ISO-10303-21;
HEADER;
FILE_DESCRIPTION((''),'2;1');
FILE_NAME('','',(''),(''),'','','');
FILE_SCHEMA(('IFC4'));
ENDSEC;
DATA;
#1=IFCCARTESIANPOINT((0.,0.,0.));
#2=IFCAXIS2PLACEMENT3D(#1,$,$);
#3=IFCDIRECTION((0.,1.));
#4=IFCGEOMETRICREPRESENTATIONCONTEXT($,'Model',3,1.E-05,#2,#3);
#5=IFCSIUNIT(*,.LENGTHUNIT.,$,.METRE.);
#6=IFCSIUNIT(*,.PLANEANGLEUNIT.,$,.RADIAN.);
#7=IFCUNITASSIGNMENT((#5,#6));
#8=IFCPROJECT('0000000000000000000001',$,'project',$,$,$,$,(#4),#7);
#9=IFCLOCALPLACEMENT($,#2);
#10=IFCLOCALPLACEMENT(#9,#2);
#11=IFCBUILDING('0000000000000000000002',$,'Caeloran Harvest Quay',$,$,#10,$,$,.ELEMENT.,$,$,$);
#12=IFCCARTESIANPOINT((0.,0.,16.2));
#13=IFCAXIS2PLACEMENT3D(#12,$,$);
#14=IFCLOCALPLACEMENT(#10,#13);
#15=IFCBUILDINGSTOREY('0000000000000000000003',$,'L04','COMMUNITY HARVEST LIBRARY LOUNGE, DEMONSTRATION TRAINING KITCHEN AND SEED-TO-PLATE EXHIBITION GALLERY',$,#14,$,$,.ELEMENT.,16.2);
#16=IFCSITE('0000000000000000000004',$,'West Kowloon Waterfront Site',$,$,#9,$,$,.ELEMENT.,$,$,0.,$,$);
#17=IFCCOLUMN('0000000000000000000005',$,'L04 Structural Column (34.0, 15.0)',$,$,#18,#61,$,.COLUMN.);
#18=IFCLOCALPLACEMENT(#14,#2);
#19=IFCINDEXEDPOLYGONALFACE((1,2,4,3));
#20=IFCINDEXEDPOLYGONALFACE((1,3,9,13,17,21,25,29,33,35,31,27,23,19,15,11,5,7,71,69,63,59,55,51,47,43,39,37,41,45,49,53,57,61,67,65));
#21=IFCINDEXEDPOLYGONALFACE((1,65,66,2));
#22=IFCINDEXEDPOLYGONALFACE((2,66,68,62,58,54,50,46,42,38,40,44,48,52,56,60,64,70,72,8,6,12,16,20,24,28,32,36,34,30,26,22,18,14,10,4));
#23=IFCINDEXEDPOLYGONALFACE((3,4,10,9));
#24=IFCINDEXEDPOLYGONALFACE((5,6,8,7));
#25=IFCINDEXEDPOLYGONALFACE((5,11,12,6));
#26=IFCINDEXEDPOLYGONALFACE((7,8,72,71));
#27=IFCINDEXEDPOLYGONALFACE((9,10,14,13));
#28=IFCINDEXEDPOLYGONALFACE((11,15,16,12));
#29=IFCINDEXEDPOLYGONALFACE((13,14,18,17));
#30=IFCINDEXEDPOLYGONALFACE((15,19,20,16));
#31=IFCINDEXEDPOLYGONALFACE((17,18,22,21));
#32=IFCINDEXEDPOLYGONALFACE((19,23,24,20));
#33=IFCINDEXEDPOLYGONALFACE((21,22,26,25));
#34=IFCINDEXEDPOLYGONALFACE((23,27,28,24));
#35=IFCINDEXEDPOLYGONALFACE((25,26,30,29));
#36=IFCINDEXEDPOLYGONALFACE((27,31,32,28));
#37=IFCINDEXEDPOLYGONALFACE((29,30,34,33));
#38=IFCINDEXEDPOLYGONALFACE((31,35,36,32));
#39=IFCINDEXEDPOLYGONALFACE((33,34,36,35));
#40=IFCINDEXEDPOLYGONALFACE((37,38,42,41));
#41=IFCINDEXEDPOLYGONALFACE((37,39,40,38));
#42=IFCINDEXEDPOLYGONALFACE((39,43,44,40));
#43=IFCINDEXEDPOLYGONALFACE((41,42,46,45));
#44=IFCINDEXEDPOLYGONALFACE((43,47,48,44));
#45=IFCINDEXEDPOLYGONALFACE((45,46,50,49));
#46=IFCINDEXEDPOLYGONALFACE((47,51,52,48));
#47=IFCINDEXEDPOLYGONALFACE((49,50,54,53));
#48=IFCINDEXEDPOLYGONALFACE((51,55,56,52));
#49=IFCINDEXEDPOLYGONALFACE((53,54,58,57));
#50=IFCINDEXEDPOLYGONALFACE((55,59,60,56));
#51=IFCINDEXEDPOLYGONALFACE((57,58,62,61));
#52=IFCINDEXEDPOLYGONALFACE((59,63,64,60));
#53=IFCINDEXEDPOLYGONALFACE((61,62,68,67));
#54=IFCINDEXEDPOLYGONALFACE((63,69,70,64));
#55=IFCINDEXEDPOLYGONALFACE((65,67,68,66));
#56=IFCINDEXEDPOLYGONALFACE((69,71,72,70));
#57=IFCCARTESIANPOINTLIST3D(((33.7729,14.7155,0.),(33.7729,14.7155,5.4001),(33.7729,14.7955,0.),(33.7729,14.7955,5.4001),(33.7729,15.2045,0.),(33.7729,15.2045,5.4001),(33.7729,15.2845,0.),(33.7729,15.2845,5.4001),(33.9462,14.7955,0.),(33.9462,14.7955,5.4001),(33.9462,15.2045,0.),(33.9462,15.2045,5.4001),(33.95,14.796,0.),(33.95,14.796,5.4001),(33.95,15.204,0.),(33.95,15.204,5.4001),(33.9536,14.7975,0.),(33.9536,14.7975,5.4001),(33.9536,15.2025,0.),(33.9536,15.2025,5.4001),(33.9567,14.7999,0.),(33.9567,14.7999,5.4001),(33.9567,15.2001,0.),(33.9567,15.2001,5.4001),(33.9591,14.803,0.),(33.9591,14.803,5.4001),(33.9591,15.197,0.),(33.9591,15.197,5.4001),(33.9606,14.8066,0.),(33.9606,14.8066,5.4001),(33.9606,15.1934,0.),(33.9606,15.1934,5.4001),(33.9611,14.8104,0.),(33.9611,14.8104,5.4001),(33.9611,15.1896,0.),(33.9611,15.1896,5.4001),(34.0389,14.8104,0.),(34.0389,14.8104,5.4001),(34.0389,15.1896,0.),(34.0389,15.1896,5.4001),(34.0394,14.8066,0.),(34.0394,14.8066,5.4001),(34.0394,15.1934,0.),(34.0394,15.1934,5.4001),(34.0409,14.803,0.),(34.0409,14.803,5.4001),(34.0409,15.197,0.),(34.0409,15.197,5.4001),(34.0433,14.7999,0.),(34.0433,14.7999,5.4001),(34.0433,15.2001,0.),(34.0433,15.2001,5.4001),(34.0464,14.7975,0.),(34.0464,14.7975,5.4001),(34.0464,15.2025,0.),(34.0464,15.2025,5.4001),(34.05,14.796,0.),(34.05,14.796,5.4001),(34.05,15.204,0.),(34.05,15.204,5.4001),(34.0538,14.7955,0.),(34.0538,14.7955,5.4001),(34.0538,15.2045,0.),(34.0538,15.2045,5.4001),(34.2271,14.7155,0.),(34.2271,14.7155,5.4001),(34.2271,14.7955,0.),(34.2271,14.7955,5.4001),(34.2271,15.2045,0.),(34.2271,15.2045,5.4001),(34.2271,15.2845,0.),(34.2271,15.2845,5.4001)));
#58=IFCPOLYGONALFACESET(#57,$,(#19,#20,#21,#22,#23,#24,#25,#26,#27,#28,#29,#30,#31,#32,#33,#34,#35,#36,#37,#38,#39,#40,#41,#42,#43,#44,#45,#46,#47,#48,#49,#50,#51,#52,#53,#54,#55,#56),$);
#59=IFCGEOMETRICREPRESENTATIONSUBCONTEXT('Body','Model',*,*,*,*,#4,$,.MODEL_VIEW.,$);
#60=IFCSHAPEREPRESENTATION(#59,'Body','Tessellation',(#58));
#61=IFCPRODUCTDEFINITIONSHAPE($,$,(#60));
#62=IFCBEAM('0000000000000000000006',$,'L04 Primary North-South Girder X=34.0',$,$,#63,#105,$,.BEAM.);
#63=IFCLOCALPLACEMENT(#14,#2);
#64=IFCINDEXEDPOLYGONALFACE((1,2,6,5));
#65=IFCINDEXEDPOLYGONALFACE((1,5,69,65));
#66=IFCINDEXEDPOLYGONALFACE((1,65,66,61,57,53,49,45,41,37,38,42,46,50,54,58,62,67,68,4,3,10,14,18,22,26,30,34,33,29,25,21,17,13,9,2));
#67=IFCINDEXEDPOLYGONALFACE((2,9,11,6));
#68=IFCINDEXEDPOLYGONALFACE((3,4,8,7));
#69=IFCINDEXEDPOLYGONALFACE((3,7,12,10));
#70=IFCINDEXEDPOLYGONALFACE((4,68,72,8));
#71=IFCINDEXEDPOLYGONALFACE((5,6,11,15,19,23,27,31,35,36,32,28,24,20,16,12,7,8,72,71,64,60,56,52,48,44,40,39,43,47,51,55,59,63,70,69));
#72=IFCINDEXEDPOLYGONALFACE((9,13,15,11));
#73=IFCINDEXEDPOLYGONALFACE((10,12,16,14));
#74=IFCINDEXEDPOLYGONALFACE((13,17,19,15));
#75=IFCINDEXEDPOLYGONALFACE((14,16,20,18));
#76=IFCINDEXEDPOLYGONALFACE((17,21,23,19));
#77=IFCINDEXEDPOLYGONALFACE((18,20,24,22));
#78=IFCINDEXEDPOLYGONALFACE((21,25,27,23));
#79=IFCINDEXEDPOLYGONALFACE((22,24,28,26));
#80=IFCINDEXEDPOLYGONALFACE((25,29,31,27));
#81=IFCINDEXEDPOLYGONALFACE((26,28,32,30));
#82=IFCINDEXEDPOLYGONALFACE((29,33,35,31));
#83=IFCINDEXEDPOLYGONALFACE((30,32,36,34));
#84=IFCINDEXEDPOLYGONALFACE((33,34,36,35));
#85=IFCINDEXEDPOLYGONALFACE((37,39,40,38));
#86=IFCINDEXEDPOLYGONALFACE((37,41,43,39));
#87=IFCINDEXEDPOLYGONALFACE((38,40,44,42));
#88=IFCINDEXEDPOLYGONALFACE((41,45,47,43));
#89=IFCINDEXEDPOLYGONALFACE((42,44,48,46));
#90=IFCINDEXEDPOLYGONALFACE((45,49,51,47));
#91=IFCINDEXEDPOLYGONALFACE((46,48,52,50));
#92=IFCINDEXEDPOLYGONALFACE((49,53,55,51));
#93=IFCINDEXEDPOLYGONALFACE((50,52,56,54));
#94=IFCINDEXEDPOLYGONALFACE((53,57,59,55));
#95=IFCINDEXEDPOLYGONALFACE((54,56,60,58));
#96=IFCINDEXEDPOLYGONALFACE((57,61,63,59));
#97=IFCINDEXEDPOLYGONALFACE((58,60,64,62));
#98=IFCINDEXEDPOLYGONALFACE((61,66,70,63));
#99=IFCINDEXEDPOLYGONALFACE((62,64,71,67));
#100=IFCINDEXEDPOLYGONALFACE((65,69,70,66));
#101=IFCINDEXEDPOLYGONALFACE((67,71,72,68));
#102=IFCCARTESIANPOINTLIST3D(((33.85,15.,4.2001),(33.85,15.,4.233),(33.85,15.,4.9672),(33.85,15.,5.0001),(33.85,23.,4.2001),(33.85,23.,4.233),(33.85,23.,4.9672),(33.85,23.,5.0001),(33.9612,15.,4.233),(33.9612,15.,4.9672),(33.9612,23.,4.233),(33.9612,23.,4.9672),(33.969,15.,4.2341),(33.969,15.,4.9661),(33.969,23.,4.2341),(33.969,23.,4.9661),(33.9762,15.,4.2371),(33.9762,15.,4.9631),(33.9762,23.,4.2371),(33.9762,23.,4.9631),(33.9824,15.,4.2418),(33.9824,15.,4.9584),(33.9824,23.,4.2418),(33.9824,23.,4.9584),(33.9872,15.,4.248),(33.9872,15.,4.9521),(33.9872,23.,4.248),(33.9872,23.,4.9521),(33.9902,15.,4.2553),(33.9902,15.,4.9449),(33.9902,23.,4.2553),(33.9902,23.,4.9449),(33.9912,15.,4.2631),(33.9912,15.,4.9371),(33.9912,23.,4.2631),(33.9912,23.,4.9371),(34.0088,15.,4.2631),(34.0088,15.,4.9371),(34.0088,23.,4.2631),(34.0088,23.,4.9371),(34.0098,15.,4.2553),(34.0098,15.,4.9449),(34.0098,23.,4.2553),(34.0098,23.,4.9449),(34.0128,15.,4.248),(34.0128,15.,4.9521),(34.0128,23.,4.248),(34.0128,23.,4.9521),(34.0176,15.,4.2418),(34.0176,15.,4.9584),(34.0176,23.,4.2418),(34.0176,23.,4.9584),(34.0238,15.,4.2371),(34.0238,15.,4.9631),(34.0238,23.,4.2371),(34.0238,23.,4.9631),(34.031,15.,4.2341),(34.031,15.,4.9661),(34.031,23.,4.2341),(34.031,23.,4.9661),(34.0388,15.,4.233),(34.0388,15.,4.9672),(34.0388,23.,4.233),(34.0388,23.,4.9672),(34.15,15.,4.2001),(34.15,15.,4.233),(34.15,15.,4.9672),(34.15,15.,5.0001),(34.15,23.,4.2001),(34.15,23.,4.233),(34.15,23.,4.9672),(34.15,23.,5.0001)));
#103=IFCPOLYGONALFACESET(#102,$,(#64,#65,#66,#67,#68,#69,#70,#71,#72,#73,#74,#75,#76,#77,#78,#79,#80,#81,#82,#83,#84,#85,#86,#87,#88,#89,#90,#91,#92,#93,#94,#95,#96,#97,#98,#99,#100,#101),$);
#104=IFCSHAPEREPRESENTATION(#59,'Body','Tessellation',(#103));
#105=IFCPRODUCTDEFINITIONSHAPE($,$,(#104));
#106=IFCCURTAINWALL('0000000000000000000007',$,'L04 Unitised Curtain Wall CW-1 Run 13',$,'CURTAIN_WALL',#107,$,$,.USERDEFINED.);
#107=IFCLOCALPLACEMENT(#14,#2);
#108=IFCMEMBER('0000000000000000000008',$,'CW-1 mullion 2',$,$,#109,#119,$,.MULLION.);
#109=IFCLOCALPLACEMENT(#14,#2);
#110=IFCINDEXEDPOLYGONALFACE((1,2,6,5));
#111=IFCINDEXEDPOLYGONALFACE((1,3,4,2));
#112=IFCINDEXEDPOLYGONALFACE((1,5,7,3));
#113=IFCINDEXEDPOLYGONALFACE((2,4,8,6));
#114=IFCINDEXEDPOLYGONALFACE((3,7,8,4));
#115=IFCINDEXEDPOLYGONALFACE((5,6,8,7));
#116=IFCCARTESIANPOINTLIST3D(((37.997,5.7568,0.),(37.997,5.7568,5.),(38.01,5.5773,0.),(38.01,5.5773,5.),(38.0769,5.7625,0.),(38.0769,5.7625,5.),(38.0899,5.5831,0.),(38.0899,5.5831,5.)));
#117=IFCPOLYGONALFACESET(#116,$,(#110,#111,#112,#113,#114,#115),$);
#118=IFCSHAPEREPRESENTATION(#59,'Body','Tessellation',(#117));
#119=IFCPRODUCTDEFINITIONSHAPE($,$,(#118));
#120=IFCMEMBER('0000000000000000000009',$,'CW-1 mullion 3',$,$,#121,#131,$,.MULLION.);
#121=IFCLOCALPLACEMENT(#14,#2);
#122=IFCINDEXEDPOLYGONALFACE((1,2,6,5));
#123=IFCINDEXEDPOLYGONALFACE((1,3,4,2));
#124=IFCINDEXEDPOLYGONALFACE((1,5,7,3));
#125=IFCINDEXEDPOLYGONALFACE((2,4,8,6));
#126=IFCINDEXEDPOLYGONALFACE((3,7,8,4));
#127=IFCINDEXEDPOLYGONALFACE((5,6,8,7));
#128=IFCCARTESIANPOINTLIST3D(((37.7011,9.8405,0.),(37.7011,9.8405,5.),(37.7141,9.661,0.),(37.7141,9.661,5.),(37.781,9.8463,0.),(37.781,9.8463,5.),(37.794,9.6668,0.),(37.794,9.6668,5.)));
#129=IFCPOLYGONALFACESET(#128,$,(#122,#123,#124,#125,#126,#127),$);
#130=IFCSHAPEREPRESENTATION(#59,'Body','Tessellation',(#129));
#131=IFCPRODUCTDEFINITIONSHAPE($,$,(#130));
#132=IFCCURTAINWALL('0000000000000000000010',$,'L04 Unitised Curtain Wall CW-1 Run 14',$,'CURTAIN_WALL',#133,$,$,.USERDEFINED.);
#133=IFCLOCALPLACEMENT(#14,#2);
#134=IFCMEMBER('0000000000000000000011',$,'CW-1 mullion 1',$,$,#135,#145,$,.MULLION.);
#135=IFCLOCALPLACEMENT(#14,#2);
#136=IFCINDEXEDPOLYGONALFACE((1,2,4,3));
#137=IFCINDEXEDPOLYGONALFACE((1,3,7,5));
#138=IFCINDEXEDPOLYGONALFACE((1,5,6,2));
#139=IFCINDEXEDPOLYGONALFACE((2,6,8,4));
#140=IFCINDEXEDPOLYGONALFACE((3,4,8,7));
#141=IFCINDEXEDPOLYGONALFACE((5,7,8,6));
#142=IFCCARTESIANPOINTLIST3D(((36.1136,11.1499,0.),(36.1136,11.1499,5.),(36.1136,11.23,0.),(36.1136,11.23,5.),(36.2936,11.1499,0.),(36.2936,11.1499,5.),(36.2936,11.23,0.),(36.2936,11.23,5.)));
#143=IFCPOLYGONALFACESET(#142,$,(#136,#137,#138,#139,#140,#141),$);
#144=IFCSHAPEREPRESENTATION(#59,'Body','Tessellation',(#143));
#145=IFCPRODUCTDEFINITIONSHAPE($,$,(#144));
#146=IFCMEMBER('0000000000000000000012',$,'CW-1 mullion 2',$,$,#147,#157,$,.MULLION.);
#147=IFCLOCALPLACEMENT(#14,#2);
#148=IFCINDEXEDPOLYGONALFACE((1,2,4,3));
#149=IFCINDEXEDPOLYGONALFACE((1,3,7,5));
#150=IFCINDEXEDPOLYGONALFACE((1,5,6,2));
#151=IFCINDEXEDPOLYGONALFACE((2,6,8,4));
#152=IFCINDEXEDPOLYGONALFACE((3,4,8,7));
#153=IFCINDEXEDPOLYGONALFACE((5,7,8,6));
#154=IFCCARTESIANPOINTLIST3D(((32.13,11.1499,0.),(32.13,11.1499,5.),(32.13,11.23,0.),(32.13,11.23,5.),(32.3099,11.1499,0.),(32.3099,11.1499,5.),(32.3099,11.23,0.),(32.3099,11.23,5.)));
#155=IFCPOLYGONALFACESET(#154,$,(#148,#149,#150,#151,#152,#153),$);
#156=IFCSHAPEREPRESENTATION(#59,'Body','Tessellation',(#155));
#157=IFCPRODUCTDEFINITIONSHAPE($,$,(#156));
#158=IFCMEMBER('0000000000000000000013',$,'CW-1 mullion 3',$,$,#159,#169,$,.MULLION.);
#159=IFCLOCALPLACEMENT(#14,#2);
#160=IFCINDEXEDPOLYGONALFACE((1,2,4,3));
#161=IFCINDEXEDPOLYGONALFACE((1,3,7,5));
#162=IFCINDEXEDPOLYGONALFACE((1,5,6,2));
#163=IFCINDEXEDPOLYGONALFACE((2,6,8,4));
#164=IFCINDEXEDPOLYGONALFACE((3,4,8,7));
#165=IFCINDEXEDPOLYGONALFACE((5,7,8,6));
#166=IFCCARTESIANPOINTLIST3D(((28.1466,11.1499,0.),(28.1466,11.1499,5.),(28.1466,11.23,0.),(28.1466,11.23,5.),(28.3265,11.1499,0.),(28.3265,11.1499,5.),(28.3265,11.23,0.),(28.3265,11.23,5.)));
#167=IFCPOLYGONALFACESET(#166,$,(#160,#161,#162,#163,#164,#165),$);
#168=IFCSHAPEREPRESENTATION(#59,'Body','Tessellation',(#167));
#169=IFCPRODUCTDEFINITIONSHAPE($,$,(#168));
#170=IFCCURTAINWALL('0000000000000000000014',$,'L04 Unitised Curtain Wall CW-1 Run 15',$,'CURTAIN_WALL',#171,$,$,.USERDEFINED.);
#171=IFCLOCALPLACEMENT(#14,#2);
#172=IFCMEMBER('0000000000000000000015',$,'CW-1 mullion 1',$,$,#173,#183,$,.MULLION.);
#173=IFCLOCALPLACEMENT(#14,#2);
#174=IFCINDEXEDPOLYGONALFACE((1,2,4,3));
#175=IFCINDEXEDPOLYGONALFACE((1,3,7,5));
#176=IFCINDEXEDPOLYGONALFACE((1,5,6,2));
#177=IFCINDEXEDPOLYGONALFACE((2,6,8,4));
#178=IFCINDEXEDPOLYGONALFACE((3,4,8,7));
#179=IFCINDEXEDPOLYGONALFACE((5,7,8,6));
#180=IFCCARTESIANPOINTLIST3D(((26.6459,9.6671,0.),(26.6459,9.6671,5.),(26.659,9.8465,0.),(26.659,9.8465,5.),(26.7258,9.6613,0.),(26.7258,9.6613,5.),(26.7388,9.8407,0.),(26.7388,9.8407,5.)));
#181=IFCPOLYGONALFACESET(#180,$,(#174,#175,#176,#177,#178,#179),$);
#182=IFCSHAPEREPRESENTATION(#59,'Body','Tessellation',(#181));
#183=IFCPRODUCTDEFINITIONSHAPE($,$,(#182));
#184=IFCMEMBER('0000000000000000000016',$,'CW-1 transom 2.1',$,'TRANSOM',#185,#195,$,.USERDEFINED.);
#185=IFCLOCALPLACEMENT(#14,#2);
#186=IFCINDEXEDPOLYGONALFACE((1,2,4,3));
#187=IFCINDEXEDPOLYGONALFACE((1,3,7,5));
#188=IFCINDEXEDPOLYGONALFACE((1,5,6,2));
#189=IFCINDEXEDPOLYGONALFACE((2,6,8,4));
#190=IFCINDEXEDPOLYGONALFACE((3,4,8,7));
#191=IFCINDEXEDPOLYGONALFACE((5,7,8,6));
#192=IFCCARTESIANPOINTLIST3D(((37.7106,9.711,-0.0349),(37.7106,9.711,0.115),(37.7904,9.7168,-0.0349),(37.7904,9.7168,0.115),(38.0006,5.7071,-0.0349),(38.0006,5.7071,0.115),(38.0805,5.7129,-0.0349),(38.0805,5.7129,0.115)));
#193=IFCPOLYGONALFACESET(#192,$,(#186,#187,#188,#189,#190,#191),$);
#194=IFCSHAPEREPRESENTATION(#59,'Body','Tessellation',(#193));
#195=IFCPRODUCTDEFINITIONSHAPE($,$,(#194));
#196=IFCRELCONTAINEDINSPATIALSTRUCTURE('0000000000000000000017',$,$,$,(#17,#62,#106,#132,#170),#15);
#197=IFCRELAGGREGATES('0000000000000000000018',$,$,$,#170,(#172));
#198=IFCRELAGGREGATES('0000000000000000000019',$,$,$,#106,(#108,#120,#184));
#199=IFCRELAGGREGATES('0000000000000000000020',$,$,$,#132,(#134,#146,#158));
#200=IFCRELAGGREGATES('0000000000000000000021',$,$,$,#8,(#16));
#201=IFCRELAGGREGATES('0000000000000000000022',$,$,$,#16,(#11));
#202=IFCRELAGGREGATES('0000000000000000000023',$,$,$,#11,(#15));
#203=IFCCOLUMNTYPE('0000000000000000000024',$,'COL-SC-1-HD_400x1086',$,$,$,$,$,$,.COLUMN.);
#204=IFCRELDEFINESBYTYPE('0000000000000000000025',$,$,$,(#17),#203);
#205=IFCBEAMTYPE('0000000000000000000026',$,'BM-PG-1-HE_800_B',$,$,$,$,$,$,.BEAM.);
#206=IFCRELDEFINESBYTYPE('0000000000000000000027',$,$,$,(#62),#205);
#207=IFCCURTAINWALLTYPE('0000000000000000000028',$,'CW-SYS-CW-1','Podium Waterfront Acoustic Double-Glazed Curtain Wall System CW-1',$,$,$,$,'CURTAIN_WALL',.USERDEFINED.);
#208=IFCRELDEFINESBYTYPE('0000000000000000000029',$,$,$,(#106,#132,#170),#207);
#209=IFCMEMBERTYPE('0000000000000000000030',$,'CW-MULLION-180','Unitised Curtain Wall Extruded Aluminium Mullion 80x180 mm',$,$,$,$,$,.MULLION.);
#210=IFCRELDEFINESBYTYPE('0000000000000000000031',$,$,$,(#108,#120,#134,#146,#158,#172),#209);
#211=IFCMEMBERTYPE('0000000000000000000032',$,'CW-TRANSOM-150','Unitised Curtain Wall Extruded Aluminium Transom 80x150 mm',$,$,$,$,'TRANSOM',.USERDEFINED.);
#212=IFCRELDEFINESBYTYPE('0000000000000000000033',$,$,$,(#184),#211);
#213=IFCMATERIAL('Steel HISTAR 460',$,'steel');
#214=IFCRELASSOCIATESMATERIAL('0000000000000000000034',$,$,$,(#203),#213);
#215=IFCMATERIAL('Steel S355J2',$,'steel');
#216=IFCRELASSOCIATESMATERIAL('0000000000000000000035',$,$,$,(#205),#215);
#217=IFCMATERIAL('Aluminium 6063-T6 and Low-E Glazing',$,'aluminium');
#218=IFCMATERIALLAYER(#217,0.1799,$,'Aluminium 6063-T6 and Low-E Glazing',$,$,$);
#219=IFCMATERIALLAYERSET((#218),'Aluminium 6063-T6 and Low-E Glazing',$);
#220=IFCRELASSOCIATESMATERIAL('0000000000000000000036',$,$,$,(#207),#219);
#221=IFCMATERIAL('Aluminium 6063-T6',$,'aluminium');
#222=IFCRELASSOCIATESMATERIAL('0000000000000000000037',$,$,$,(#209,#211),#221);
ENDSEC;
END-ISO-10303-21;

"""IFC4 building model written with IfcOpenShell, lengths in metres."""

from ifc_helpers import new_model, si_unit, direction, frame, origin, origin_2d, place, context, subcontext, project, spatial, rectangle, i_section, extrude, material, layer, layer_set, material_profile, profile_set, type_object, element, aggregate, save


model = new_model("IFC4")

# Units and contexts
model_context = context("Model", 3, precision=1e-05, world=origin(), true_north=direction((0.0, 1.0)))
body_context = subcontext(model_context, "Body", "Model", "MODEL_VIEW")
ifc_project = project(units=[si_unit("LENGTHUNIT", "METRE"), si_unit("PLANEANGLEUNIT", "RADIAN")], contexts=[model_context])

# Site, building, storey
site_placement = place(None, origin())
site = spatial("IfcSite", under=ifc_project, at=site_placement, Name="West Kowloon Waterfront Site", CompositionType="ELEMENT", RefElevation=0.0)
building_placement = place(site_placement, origin())
building = spatial("IfcBuilding", under=site, at=building_placement, Name="Caeloran Harvest Quay", CompositionType="ELEMENT")
storey_placement = place(building_placement, frame((0.0, 0.0, 16.2)))
storey = spatial("IfcBuildingStorey", under=building, at=storey_placement, Name="L04", Description="COMMUNITY HARVEST LIBRARY LOUNGE, DEMONSTRATION TRAINING KITCHEN AND SEED-TO-PLATE EXHIBITION GALLERY", CompositionType="ELEMENT", Elevation=16.2)

# Column
ifc_material_1 = material(Name="Steel HISTAR 460", Category="steel")
ifc_material_profile_1 = material_profile(ifc_material_1, i_section(OverallWidth=0.4541, OverallDepth=0.5691, WebThickness=0.0779, FlangeThickness=0.0801, FilletRadius=0.0149, at=origin_2d()), Name="HD 400x1086")
ifc_profile_set_1 = profile_set([ifc_material_profile_1], Name="Steel HISTAR 460")
column_type = type_object("IfcColumnType", Name="COL-SC-1-HD_400x1086", PredefinedType="COLUMN", material=ifc_profile_set_1)
column_placement = place(storey_placement, frame((34.0, 15.0, 0.0), z_axis=(0.0, 0.0, 1.0), x_axis=(1.0, 0.0, 0.0)))
element("IfcColumn", 1, at=column_placement, inside=storey, type_object=column_type, Name="L04 Structural Column (34.0, 15.0)", PredefinedType="COLUMN", context=body_context, shape_type="SweptSolid", body=[
    extrude(i_section(OverallWidth=0.4541, OverallDepth=0.5691, WebThickness=0.0779, FlangeThickness=0.0801, FilletRadius=0.0149, at=origin_2d()), origin(), (0.0, 0.0, 1.0), 5.4001),
])

# Beam
ifc_material_2 = material(Name="Steel S355J2", Category="steel")
ifc_material_profile_2 = material_profile(ifc_material_2, i_section(OverallWidth=0.3, OverallDepth=0.8, WebThickness=0.0176, FlangeThickness=0.033, FilletRadius=0.03, at=origin_2d()), Name="HE 800 B")
ifc_profile_set_2 = profile_set([ifc_material_profile_2], Name="Steel S355J2")
beam_type = type_object("IfcBeamType", Name="BM-PG-1-HE_800_B", PredefinedType="BEAM", material=ifc_profile_set_2)
beam_placement = place(storey_placement, frame((34.0, 15.0, 4.6001), z_axis=(0.0, 1.0, 0.0), x_axis=(-1.0, 0.0, 0.0)))
element("IfcBeam", 2, at=beam_placement, inside=storey, type_object=beam_type, Name="L04 Primary North-South Girder X=34.0", PredefinedType="BEAM", context=body_context, shape_type="SweptSolid", body=[
    extrude(i_section(OverallWidth=0.3, OverallDepth=0.8, WebThickness=0.0176, FlangeThickness=0.033, FilletRadius=0.03, at=origin_2d()), origin(), (0.0, 0.0, 1.0), 8.0),
])

# Curtain walls, members
ifc_material_3 = material(Name="Aluminium 6063-T6 and Low-E Glazing", Category="aluminium")
ifc_layer_1 = layer(ifc_material_3, 0.1799, Name="Aluminium 6063-T6 and Low-E Glazing")
ifc_layer_set_1 = layer_set([ifc_layer_1], Name="Aluminium 6063-T6 and Low-E Glazing")
curtain_wall_type = type_object("IfcCurtainWallType", Name="CW-SYS-CW-1", Description="Podium Waterfront Acoustic Double-Glazed Curtain Wall System CW-1", ElementType="CURTAIN_WALL", PredefinedType="USERDEFINED", material=ifc_layer_set_1)
curtain_wall_1_placement = place(storey_placement, origin())
curtain_wall_1 = element("IfcCurtainWall", 3, at=curtain_wall_1_placement, inside=storey, type_object=curtain_wall_type, Name="L04 Unitised Curtain Wall CW-1 Run 13", ObjectType="CURTAIN_WALL", PredefinedType="USERDEFINED")
ifc_material_4 = material(Name="Aluminium 6063-T6", Category="aluminium")
ifc_material_profile_3 = material_profile(ifc_material_4, rectangle(XDim=0.0801, YDim=0.1799, at=origin_2d()), Name="CW-MULLION-180")
ifc_profile_set_3 = profile_set([ifc_material_profile_3], Name="Aluminium 6063-T6")
member_type_1 = type_object("IfcMemberType", Name="CW-MULLION-180", Description="Unitised Curtain Wall Extruded Aluminium Mullion 80x180 mm", PredefinedType="MULLION", material=ifc_profile_set_3)
member_1_placement = place(storey_placement, frame((38.0435, 5.6699, 0.0), z_axis=(0.0, 0.0, 1.0), x_axis=(-0.997385, -0.072271, 0.0)))
member_1 = element("IfcMember", 4, at=member_1_placement, type_object=member_type_1, Name="CW-1 mullion 2", PredefinedType="MULLION", context=body_context, shape_type="SweptSolid", body=[
    extrude(rectangle(XDim=0.0801, YDim=0.1799, at=origin_2d()), origin(), (0.0, 0.0, 1.0), 5.0),
])
member_2_placement = place(storey_placement, frame((37.7476, 9.7537, 0.0), z_axis=(0.0, 0.0, 1.0), x_axis=(-0.997385, -0.072271, 0.0)))
member_2 = element("IfcMember", 5, at=member_2_placement, type_object=member_type_1, Name="CW-1 mullion 3", PredefinedType="MULLION", context=body_context, shape_type="SweptSolid", body=[
    extrude(rectangle(XDim=0.0801, YDim=0.1799, at=origin_2d()), origin(), (0.0, 0.0, 1.0), 5.0),
])
curtain_wall_2_placement = place(storey_placement, origin())
curtain_wall_2 = element("IfcCurtainWall", 6, at=curtain_wall_2_placement, inside=storey, type_object=curtain_wall_type, Name="L04 Unitised Curtain Wall CW-1 Run 14", ObjectType="CURTAIN_WALL", PredefinedType="USERDEFINED")
member_3_placement = place(storey_placement, frame((36.2036, 11.1899, 0.0), z_axis=(0.0, 0.0, 1.0), x_axis=(0.0, -1.0, 0.0)))
member_3 = element("IfcMember", 7, at=member_3_placement, type_object=member_type_1, Name="CW-1 mullion 1", PredefinedType="MULLION", context=body_context, shape_type="SweptSolid", body=[
    extrude(rectangle(XDim=0.0801, YDim=0.1799, at=origin_2d()), origin(), (0.0, 0.0, 1.0), 5.0),
])
member_4_placement = place(storey_placement, frame((32.22, 11.1899, 0.0), z_axis=(0.0, 0.0, 1.0), x_axis=(0.0, -1.0, 0.0)))
member_4 = element("IfcMember", 8, at=member_4_placement, type_object=member_type_1, Name="CW-1 mullion 2", PredefinedType="MULLION", context=body_context, shape_type="SweptSolid", body=[
    extrude(rectangle(XDim=0.0801, YDim=0.1799, at=origin_2d()), origin(), (0.0, 0.0, 1.0), 5.0),
])
member_5_placement = place(storey_placement, frame((28.2366, 11.1899, 0.0), z_axis=(0.0, 0.0, 1.0), x_axis=(0.0, -1.0, 0.0)))
member_5 = element("IfcMember", 9, at=member_5_placement, type_object=member_type_1, Name="CW-1 mullion 3", PredefinedType="MULLION", context=body_context, shape_type="SweptSolid", body=[
    extrude(rectangle(XDim=0.0801, YDim=0.1799, at=origin_2d()), origin(), (0.0, 0.0, 1.0), 5.0),
])

# Curtain wall, member
curtain_wall_3_placement = place(storey_placement, origin())
curtain_wall_3 = element("IfcCurtainWall", 10, at=curtain_wall_3_placement, inside=storey, type_object=curtain_wall_type, Name="L04 Unitised Curtain Wall CW-1 Run 15", ObjectType="CURTAIN_WALL", PredefinedType="USERDEFINED")
member_6_placement = place(storey_placement, frame((26.6924, 9.7539, 0.0), z_axis=(0.0, 0.0, 1.0), x_axis=(0.997385, -0.072271, 0.0)))
member_6 = element("IfcMember", 11, at=member_6_placement, type_object=member_type_1, Name="CW-1 mullion 1", PredefinedType="MULLION", context=body_context, shape_type="SweptSolid", body=[
    extrude(rectangle(XDim=0.0801, YDim=0.1799, at=origin_2d()), origin(), (0.0, 0.0, 1.0), 5.0),
])

# Member
ifc_material_profile_4 = material_profile(ifc_material_4, rectangle(XDim=0.0801, YDim=0.1499, at=origin_2d()), Name="CW-TRANSOM-150")
ifc_profile_set_4 = profile_set([ifc_material_profile_4], Name="Aluminium 6063-T6")
member_type_2 = type_object("IfcMemberType", Name="CW-TRANSOM-150", Description="Unitised Curtain Wall Extruded Aluminium Transom 80x150 mm", ElementType="TRANSOM", PredefinedType="USERDEFINED", material=ifc_profile_set_4)
member_7_placement = place(storey_placement, frame((38.0405, 5.71, 0.04), z_axis=(-0.07225, 0.997387, 0.0), x_axis=(-0.997387, -0.07225, 0.0)))
member_7 = element("IfcMember", 12, at=member_7_placement, type_object=member_type_2, Name="CW-1 transom 2.1", ObjectType="TRANSOM", PredefinedType="USERDEFINED", context=body_context, shape_type="SweptSolid", body=[
    extrude(rectangle(XDim=0.0801, YDim=0.1499, at=origin_2d()), origin(), (0.0, 0.0, 1.0), 4.0144),
])
aggregate(curtain_wall_3, [member_6])

aggregate(curtain_wall_1, [member_1, member_2, member_7])
aggregate(curtain_wall_2, [member_3, member_4, member_5])

save(model, "model.ifc")
